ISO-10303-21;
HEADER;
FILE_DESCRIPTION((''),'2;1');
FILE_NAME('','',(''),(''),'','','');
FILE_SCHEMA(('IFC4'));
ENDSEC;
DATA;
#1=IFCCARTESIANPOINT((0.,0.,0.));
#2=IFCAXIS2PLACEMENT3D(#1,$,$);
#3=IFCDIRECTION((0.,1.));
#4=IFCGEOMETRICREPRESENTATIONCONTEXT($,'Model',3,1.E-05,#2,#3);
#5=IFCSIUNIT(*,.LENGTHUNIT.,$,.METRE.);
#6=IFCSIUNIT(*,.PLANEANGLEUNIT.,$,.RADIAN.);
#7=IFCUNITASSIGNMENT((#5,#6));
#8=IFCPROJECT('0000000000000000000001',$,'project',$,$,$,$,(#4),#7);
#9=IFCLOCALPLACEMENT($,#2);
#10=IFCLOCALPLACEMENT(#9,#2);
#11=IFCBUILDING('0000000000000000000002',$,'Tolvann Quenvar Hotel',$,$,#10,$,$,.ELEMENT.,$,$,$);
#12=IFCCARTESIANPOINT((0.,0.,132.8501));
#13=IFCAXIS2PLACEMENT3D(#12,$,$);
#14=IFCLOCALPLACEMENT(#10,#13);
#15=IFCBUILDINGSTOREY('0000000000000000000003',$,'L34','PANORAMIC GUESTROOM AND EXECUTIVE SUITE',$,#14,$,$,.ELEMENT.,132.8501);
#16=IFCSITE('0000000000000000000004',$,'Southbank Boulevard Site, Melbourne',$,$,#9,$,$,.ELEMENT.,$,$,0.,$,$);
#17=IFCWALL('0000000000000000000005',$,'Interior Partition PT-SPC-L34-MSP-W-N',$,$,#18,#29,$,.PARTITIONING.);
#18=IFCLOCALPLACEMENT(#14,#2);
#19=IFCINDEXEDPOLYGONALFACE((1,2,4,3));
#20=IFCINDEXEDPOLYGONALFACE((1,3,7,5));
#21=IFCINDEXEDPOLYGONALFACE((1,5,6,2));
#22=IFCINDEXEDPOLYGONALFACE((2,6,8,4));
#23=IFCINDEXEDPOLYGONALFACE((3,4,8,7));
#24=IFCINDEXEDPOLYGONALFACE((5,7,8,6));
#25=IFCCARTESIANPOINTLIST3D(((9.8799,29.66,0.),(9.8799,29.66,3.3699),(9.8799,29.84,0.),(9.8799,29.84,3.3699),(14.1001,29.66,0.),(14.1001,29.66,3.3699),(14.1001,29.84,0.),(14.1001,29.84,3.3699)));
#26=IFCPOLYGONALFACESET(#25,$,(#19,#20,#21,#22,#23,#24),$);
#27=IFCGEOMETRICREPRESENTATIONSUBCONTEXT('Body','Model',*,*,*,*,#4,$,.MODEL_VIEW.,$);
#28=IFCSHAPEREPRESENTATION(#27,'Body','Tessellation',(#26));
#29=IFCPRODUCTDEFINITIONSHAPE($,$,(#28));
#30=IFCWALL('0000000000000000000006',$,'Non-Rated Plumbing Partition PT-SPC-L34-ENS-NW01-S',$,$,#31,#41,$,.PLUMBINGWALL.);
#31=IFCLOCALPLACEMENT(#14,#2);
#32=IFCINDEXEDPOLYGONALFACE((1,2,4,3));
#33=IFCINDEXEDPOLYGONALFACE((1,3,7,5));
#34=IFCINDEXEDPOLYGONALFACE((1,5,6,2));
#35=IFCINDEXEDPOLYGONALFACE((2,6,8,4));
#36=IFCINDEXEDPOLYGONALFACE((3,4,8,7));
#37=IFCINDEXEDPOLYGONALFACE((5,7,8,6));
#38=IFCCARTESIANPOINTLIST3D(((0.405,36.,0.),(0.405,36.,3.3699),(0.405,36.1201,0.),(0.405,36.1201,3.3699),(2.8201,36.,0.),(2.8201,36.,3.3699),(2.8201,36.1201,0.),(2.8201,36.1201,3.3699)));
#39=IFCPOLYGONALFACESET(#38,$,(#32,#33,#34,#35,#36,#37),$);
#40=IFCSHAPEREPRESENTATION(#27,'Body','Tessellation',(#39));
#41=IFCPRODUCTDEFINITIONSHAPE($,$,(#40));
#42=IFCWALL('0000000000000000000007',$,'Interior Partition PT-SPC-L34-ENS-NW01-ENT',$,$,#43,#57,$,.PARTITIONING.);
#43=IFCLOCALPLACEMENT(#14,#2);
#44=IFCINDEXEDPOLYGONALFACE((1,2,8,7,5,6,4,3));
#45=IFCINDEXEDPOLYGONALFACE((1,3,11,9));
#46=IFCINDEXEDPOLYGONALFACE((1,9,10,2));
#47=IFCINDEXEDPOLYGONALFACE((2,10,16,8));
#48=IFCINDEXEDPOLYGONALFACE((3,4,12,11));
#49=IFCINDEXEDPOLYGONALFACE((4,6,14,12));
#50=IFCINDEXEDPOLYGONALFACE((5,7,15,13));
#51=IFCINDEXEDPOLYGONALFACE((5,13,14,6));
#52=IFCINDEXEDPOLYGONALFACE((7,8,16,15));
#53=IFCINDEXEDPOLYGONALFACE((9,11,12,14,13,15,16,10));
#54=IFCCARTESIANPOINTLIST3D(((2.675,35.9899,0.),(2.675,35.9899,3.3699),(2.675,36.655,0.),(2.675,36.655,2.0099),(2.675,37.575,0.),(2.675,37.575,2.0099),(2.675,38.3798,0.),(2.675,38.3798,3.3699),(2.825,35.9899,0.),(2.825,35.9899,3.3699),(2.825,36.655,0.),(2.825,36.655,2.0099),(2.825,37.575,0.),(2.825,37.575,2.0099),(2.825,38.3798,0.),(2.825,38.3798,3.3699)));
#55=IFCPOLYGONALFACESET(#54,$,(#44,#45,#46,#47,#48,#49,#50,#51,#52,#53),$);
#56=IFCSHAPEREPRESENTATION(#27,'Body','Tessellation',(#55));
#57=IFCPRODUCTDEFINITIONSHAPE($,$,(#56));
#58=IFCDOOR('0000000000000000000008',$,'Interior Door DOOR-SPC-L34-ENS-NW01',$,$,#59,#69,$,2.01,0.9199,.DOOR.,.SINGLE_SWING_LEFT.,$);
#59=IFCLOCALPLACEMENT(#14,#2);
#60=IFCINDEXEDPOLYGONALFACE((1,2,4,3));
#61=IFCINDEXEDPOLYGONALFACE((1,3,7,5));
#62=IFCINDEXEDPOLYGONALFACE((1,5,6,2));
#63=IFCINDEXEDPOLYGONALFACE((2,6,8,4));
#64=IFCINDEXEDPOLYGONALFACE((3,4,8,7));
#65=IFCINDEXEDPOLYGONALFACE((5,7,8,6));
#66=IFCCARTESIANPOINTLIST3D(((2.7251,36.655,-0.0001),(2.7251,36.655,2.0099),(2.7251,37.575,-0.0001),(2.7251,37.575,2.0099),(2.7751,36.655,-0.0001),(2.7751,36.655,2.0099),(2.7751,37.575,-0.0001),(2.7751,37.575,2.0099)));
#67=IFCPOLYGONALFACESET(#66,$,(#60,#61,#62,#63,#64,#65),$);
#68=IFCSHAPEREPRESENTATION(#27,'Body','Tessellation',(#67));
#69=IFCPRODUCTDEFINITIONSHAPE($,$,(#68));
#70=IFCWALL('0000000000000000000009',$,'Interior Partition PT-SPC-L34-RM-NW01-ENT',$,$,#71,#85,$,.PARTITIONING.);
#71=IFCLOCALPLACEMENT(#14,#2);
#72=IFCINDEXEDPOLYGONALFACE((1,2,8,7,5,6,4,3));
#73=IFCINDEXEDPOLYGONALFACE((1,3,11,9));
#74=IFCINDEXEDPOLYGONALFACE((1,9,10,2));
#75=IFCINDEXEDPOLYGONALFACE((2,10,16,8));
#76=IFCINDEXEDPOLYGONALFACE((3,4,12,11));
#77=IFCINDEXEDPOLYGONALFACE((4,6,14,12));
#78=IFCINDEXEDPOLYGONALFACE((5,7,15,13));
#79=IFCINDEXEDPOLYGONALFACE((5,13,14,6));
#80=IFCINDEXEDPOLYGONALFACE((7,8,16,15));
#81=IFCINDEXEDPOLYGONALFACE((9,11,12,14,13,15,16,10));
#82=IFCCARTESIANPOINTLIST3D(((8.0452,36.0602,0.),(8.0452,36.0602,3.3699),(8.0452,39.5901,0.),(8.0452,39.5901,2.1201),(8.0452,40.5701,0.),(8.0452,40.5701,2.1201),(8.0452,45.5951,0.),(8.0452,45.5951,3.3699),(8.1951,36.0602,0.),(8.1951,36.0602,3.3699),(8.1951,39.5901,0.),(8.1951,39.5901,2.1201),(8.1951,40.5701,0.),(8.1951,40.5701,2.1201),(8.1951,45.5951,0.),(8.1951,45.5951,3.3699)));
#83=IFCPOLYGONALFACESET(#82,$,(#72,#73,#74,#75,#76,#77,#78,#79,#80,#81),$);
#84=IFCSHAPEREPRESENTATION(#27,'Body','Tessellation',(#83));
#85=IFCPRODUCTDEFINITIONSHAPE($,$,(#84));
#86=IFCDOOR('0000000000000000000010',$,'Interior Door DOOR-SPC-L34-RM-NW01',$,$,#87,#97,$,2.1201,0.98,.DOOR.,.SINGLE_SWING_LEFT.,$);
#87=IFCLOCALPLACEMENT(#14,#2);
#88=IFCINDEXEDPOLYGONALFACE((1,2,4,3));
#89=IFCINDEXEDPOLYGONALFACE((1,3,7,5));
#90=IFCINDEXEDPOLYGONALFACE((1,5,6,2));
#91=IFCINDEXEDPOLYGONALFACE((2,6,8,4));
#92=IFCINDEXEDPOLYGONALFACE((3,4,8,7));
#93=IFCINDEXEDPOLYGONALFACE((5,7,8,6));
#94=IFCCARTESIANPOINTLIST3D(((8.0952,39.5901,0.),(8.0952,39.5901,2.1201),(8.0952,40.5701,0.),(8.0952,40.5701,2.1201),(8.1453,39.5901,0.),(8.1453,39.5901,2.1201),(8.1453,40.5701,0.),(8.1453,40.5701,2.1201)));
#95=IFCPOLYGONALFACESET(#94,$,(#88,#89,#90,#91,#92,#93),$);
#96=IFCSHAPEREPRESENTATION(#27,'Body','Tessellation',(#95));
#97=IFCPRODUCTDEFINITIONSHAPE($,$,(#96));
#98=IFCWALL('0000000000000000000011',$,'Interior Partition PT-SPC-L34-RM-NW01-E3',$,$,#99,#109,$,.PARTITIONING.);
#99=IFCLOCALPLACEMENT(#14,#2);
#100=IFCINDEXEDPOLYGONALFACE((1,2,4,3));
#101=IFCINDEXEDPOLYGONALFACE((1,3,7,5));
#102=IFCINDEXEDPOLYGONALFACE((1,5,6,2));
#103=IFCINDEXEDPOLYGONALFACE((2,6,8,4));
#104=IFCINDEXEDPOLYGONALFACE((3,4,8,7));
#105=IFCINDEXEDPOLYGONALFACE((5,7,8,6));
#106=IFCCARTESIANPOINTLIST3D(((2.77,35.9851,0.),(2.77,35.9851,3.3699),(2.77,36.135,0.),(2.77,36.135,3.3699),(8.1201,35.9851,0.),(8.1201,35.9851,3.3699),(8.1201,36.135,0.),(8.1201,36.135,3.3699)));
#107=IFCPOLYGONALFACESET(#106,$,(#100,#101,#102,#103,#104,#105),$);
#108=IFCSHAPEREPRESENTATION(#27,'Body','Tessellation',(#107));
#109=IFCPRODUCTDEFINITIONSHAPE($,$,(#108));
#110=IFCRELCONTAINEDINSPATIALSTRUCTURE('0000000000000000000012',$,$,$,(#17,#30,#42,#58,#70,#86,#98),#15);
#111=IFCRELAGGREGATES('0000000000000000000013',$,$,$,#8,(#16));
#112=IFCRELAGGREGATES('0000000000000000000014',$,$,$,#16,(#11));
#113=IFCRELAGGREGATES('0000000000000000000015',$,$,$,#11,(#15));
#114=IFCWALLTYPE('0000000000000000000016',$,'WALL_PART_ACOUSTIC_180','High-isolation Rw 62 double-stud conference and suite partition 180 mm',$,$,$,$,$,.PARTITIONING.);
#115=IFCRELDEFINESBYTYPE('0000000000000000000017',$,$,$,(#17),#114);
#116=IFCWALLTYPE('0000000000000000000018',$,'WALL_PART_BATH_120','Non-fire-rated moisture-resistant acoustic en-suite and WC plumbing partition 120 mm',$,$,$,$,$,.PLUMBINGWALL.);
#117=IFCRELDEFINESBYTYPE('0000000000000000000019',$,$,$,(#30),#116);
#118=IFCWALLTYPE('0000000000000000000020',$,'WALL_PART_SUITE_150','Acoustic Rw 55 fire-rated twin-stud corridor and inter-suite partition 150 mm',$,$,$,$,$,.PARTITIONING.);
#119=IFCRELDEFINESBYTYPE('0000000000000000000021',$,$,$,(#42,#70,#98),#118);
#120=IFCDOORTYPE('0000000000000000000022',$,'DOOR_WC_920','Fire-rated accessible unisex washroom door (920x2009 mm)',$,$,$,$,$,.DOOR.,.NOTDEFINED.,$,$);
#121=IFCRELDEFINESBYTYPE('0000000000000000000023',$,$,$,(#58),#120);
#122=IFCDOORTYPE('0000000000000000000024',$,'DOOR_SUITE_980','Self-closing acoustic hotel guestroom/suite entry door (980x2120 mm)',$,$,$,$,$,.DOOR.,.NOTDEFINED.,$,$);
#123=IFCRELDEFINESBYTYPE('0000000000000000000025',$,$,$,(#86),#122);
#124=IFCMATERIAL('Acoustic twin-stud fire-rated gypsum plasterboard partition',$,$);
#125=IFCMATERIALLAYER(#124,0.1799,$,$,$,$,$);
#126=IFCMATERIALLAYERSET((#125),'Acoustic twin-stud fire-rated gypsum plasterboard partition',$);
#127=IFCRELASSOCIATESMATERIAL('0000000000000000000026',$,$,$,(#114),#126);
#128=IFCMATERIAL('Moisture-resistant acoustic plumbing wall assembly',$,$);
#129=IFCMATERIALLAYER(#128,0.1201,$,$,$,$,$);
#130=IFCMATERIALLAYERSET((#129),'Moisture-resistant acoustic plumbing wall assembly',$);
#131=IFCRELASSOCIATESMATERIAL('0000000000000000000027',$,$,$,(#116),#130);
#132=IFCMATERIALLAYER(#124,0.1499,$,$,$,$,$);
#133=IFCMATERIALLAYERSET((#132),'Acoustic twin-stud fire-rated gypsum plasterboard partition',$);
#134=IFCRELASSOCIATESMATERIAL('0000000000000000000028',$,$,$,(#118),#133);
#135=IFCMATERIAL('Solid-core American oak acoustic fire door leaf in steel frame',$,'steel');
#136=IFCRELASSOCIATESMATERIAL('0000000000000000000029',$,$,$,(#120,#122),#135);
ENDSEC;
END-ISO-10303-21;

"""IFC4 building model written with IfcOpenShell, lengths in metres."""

from ifc_helpers import new_model, si_unit, direction, frame, frame_2d, origin, place, context, subcontext, project, spatial, rectangle, extrude, source, transform, mapped, material, layer, layer_set, type_object, type_shapes, element, fill, save


model = new_model("IFC4")

# Units and contexts
model_context = context("Model", 3, precision=1e-05, world=origin(), true_north=direction((0.0, 1.0)))
body_context = subcontext(model_context, "Body", "Model", "MODEL_VIEW")
ifc_project = project(units=[si_unit("LENGTHUNIT", "METRE"), si_unit("PLANEANGLEUNIT", "RADIAN")], contexts=[model_context])

# Site, building, storey
site_placement = place(None, origin())
site = spatial("IfcSite", under=ifc_project, at=site_placement, Name="Southbank Boulevard Site, Melbourne", CompositionType="ELEMENT", RefElevation=0.0)
building_placement = place(site_placement, origin())
building = spatial("IfcBuilding", under=site, at=building_placement, Name="Tolvann Quenvar Hotel", CompositionType="ELEMENT")
storey_placement = place(building_placement, frame((0.0, 0.0, 132.8501)))
storey = spatial("IfcBuildingStorey", under=building, at=storey_placement, Name="L34", Description="PANORAMIC GUESTROOM AND EXECUTIVE SUITE", CompositionType="ELEMENT", Elevation=132.8501)

# Shared definitions
ifc_material_1 = material(Name="Solid-core American oak acoustic fire door leaf in steel frame", Category="steel")

# Walls
ifc_material_2 = material(Name="Acoustic twin-stud fire-rated gypsum plasterboard partition")
ifc_layer_1 = layer(ifc_material_2, 0.1799)
ifc_layer_set_1 = layer_set([ifc_layer_1], Name="Acoustic twin-stud fire-rated gypsum plasterboard partition")
wall_type_1 = type_object("IfcWallType", Name="WALL_PART_ACOUSTIC_180", Description="High-isolation Rw 62 double-stud conference and suite partition 180 mm", PredefinedType="PARTITIONING", material=ifc_layer_set_1)
wall_1_placement = place(storey_placement, frame((9.8799, 29.75, 0.0), z_axis=(0.0, 0.0, 1.0), x_axis=(1.0, 0.0, 0.0)))
element("IfcWall", 1, at=wall_1_placement, inside=storey, type_object=wall_type_1, Name="Interior Partition PT-SPC-L34-MSP-W-N", PredefinedType="PARTITIONING", context=body_context, shape_type="SweptSolid", body=[
    extrude(rectangle(XDim=4.2202, YDim=0.1799, at=frame_2d((2.1101, 0.0))), origin(), (0.0, 0.0, 1.0), 3.3699),
])
ifc_material_3 = material(Name="Moisture-resistant acoustic plumbing wall assembly")
ifc_layer_2 = layer(ifc_material_3, 0.1201)
ifc_layer_set_2 = layer_set([ifc_layer_2], Name="Moisture-resistant acoustic plumbing wall assembly")
wall_type_2 = type_object("IfcWallType", Name="WALL_PART_BATH_120", Description="Non-fire-rated moisture-resistant acoustic en-suite and WC plumbing partition 120 mm", PredefinedType="PLUMBINGWALL", material=ifc_layer_set_2)
wall_2_placement = place(storey_placement, frame((0.405, 36.0601, 0.0), z_axis=(0.0, 0.0, 1.0), x_axis=(1.0, 0.0, 0.0)))
element("IfcWall", 2, at=wall_2_placement, inside=storey, type_object=wall_type_2, Name="Non-Rated Plumbing Partition PT-SPC-L34-ENS-NW01-S", PredefinedType="PLUMBINGWALL", context=body_context, shape_type="SweptSolid", body=[
    extrude(rectangle(XDim=2.415, YDim=0.1201, at=frame_2d((1.2075, 0.0))), origin(), (0.0, 0.0, 1.0), 3.3699),
])

# Walls, openings, doors
ifc_layer_3 = layer(ifc_material_2, 0.1499)
ifc_layer_set_3 = layer_set([ifc_layer_3], Name="Acoustic twin-stud fire-rated gypsum plasterboard partition")
wall_type_3 = type_object("IfcWallType", Name="WALL_PART_SUITE_150", Description="Acoustic Rw 55 fire-rated twin-stud corridor and inter-suite partition 150 mm", PredefinedType="PARTITIONING", material=ifc_layer_set_3)
wall_3_placement = place(storey_placement, frame((2.75, 35.99, 0.0), z_axis=(0.0, 0.0, 1.0), x_axis=(0.0, 1.0, 0.0)))
wall_3 = element("IfcWall", 3, at=wall_3_placement, inside=storey, type_object=wall_type_3, Name="Interior Partition PT-SPC-L34-ENS-NW01-ENT", PredefinedType="PARTITIONING", context=body_context, shape_type="SweptSolid", body=[
    extrude(rectangle(XDim=2.3899, YDim=0.1499, at=frame_2d((1.1948, 0.0))), origin(), (0.0, 0.0, 1.0), 3.3699),
])
opening_1_placement = place(wall_3_placement, frame((0.665, 0.0, 0.0)))
opening_1 = element("IfcOpeningElement", 4, at=opening_1_placement, cuts=wall_3, PredefinedType="OPENING", context=body_context, shape_type="SweptSolid", body=[
    extrude(rectangle(XDim=0.9199, YDim=2.01, at=frame_2d((0.46, 1.0049))), frame((0.0, 0.085, 0.0), z_axis=(0.0, -1.0, 0.0), x_axis=(1.0, 0.0, 0.0)), (0.0, 0.0, 1.0), 0.1699),
])
door_type_1 = type_object("IfcDoorType", Name="DOOR_WC_920", Description="Fire-rated accessible unisex washroom door (920x2009 mm)", OperationType="NOTDEFINED", PredefinedType="DOOR", material=ifc_material_1)
shared_shape_1 = source(origin(), body_context, "Body", "SweptSolid", [
    extrude(rectangle(XDim=0.9199, YDim=2.01, at=frame_2d((0.46, 1.0049))), frame((0.0, 0.0249, 0.0), z_axis=(0.0, -1.0, 0.0), x_axis=(1.0, 0.0, 0.0)), (0.0, 0.0, 1.0), 0.05),
])
type_shapes(door_type_1, [shared_shape_1])
door_1_placement = place(opening_1_placement, origin())
door_1 = element("IfcDoor", 5, at=door_1_placement, inside=storey, type_object=door_type_1, Name="Interior Door DOOR-SPC-L34-ENS-NW01", OperationType="SINGLE_SWING_LEFT", OverallHeight=2.01, OverallWidth=0.9199, PredefinedType="DOOR", context=body_context, shape_type="MappedRepresentation", body=[
    mapped(shared_shape_1, transform((0.0, 0.0, 0.0), x_axis=(1.0, 0.0, 0.0), y_axis=(0.0, 1.0, 0.0), z_axis=(0.0, 0.0, 1.0), scale=1.0)),
])
fill(opening_1, door_1)
wall_4_placement = place(storey_placement, frame((8.1201, 36.0601, 0.0), z_axis=(0.0, 0.0, 1.0), x_axis=(0.0, 1.0, 0.0)))
wall_4 = element("IfcWall", 6, at=wall_4_placement, inside=storey, type_object=wall_type_3, Name="Interior Partition PT-SPC-L34-RM-NW01-ENT", PredefinedType="PARTITIONING", context=body_context, shape_type="SweptSolid", body=[
    extrude(rectangle(XDim=9.5349, YDim=0.1499, at=frame_2d((4.7676, 0.0))), origin(), (0.0, 0.0, 1.0), 3.3699),
])
opening_2_placement = place(wall_4_placement, frame((3.53, 0.0, 0.0)))
opening_2 = element("IfcOpeningElement", 7, at=opening_2_placement, cuts=wall_4, PredefinedType="OPENING", context=body_context, shape_type="SweptSolid", body=[
    extrude(rectangle(XDim=0.98, YDim=2.1201, at=frame_2d((0.49, 1.0601))), frame((0.0, 0.085, 0.0), z_axis=(0.0, -1.0, 0.0), x_axis=(1.0, 0.0, 0.0)), (0.0, 0.0, 1.0), 0.1699),
])
door_type_2 = type_object("IfcDoorType", Name="DOOR_SUITE_980", Description="Self-closing acoustic hotel guestroom/suite entry door (980x2120 mm)", OperationType="NOTDEFINED", PredefinedType="DOOR", material=ifc_material_1)
shared_shape_2 = source(origin(), body_context, "Body", "SweptSolid", [
    extrude(rectangle(XDim=0.98, YDim=2.1201, at=frame_2d((0.49, 1.0601))), frame((0.0, 0.0249, 0.0), z_axis=(0.0, -1.0, 0.0), x_axis=(1.0, 0.0, 0.0)), (0.0, 0.0, 1.0), 0.05),
])
type_shapes(door_type_2, [shared_shape_2])
door_2_placement = place(opening_2_placement, origin())
door_2 = element("IfcDoor", 8, at=door_2_placement, inside=storey, type_object=door_type_2, Name="Interior Door DOOR-SPC-L34-RM-NW01", OperationType="SINGLE_SWING_LEFT", OverallHeight=2.1201, OverallWidth=0.98, PredefinedType="DOOR", context=body_context, shape_type="MappedRepresentation", body=[
    mapped(shared_shape_2, transform((0.0, 0.0, 0.0), x_axis=(1.0, 0.0, 0.0), y_axis=(0.0, 1.0, 0.0), z_axis=(0.0, 0.0, 1.0), scale=1.0)),
])
fill(opening_2, door_2)

# Wall
wall_5_placement = place(storey_placement, frame((2.77, 36.0601, 0.0), z_axis=(0.0, 0.0, 1.0), x_axis=(1.0, 0.0, 0.0)))
element("IfcWall", 9, at=wall_5_placement, inside=storey, type_object=wall_type_3, Name="Interior Partition PT-SPC-L34-RM-NW01-E3", PredefinedType="PARTITIONING", context=body_context, shape_type="SweptSolid", body=[
    extrude(rectangle(XDim=5.3501, YDim=0.1499, at=frame_2d((2.675, 0.0))), origin(), (0.0, 0.0, 1.0), 3.3699),
])

save(model, "model.ifc")
